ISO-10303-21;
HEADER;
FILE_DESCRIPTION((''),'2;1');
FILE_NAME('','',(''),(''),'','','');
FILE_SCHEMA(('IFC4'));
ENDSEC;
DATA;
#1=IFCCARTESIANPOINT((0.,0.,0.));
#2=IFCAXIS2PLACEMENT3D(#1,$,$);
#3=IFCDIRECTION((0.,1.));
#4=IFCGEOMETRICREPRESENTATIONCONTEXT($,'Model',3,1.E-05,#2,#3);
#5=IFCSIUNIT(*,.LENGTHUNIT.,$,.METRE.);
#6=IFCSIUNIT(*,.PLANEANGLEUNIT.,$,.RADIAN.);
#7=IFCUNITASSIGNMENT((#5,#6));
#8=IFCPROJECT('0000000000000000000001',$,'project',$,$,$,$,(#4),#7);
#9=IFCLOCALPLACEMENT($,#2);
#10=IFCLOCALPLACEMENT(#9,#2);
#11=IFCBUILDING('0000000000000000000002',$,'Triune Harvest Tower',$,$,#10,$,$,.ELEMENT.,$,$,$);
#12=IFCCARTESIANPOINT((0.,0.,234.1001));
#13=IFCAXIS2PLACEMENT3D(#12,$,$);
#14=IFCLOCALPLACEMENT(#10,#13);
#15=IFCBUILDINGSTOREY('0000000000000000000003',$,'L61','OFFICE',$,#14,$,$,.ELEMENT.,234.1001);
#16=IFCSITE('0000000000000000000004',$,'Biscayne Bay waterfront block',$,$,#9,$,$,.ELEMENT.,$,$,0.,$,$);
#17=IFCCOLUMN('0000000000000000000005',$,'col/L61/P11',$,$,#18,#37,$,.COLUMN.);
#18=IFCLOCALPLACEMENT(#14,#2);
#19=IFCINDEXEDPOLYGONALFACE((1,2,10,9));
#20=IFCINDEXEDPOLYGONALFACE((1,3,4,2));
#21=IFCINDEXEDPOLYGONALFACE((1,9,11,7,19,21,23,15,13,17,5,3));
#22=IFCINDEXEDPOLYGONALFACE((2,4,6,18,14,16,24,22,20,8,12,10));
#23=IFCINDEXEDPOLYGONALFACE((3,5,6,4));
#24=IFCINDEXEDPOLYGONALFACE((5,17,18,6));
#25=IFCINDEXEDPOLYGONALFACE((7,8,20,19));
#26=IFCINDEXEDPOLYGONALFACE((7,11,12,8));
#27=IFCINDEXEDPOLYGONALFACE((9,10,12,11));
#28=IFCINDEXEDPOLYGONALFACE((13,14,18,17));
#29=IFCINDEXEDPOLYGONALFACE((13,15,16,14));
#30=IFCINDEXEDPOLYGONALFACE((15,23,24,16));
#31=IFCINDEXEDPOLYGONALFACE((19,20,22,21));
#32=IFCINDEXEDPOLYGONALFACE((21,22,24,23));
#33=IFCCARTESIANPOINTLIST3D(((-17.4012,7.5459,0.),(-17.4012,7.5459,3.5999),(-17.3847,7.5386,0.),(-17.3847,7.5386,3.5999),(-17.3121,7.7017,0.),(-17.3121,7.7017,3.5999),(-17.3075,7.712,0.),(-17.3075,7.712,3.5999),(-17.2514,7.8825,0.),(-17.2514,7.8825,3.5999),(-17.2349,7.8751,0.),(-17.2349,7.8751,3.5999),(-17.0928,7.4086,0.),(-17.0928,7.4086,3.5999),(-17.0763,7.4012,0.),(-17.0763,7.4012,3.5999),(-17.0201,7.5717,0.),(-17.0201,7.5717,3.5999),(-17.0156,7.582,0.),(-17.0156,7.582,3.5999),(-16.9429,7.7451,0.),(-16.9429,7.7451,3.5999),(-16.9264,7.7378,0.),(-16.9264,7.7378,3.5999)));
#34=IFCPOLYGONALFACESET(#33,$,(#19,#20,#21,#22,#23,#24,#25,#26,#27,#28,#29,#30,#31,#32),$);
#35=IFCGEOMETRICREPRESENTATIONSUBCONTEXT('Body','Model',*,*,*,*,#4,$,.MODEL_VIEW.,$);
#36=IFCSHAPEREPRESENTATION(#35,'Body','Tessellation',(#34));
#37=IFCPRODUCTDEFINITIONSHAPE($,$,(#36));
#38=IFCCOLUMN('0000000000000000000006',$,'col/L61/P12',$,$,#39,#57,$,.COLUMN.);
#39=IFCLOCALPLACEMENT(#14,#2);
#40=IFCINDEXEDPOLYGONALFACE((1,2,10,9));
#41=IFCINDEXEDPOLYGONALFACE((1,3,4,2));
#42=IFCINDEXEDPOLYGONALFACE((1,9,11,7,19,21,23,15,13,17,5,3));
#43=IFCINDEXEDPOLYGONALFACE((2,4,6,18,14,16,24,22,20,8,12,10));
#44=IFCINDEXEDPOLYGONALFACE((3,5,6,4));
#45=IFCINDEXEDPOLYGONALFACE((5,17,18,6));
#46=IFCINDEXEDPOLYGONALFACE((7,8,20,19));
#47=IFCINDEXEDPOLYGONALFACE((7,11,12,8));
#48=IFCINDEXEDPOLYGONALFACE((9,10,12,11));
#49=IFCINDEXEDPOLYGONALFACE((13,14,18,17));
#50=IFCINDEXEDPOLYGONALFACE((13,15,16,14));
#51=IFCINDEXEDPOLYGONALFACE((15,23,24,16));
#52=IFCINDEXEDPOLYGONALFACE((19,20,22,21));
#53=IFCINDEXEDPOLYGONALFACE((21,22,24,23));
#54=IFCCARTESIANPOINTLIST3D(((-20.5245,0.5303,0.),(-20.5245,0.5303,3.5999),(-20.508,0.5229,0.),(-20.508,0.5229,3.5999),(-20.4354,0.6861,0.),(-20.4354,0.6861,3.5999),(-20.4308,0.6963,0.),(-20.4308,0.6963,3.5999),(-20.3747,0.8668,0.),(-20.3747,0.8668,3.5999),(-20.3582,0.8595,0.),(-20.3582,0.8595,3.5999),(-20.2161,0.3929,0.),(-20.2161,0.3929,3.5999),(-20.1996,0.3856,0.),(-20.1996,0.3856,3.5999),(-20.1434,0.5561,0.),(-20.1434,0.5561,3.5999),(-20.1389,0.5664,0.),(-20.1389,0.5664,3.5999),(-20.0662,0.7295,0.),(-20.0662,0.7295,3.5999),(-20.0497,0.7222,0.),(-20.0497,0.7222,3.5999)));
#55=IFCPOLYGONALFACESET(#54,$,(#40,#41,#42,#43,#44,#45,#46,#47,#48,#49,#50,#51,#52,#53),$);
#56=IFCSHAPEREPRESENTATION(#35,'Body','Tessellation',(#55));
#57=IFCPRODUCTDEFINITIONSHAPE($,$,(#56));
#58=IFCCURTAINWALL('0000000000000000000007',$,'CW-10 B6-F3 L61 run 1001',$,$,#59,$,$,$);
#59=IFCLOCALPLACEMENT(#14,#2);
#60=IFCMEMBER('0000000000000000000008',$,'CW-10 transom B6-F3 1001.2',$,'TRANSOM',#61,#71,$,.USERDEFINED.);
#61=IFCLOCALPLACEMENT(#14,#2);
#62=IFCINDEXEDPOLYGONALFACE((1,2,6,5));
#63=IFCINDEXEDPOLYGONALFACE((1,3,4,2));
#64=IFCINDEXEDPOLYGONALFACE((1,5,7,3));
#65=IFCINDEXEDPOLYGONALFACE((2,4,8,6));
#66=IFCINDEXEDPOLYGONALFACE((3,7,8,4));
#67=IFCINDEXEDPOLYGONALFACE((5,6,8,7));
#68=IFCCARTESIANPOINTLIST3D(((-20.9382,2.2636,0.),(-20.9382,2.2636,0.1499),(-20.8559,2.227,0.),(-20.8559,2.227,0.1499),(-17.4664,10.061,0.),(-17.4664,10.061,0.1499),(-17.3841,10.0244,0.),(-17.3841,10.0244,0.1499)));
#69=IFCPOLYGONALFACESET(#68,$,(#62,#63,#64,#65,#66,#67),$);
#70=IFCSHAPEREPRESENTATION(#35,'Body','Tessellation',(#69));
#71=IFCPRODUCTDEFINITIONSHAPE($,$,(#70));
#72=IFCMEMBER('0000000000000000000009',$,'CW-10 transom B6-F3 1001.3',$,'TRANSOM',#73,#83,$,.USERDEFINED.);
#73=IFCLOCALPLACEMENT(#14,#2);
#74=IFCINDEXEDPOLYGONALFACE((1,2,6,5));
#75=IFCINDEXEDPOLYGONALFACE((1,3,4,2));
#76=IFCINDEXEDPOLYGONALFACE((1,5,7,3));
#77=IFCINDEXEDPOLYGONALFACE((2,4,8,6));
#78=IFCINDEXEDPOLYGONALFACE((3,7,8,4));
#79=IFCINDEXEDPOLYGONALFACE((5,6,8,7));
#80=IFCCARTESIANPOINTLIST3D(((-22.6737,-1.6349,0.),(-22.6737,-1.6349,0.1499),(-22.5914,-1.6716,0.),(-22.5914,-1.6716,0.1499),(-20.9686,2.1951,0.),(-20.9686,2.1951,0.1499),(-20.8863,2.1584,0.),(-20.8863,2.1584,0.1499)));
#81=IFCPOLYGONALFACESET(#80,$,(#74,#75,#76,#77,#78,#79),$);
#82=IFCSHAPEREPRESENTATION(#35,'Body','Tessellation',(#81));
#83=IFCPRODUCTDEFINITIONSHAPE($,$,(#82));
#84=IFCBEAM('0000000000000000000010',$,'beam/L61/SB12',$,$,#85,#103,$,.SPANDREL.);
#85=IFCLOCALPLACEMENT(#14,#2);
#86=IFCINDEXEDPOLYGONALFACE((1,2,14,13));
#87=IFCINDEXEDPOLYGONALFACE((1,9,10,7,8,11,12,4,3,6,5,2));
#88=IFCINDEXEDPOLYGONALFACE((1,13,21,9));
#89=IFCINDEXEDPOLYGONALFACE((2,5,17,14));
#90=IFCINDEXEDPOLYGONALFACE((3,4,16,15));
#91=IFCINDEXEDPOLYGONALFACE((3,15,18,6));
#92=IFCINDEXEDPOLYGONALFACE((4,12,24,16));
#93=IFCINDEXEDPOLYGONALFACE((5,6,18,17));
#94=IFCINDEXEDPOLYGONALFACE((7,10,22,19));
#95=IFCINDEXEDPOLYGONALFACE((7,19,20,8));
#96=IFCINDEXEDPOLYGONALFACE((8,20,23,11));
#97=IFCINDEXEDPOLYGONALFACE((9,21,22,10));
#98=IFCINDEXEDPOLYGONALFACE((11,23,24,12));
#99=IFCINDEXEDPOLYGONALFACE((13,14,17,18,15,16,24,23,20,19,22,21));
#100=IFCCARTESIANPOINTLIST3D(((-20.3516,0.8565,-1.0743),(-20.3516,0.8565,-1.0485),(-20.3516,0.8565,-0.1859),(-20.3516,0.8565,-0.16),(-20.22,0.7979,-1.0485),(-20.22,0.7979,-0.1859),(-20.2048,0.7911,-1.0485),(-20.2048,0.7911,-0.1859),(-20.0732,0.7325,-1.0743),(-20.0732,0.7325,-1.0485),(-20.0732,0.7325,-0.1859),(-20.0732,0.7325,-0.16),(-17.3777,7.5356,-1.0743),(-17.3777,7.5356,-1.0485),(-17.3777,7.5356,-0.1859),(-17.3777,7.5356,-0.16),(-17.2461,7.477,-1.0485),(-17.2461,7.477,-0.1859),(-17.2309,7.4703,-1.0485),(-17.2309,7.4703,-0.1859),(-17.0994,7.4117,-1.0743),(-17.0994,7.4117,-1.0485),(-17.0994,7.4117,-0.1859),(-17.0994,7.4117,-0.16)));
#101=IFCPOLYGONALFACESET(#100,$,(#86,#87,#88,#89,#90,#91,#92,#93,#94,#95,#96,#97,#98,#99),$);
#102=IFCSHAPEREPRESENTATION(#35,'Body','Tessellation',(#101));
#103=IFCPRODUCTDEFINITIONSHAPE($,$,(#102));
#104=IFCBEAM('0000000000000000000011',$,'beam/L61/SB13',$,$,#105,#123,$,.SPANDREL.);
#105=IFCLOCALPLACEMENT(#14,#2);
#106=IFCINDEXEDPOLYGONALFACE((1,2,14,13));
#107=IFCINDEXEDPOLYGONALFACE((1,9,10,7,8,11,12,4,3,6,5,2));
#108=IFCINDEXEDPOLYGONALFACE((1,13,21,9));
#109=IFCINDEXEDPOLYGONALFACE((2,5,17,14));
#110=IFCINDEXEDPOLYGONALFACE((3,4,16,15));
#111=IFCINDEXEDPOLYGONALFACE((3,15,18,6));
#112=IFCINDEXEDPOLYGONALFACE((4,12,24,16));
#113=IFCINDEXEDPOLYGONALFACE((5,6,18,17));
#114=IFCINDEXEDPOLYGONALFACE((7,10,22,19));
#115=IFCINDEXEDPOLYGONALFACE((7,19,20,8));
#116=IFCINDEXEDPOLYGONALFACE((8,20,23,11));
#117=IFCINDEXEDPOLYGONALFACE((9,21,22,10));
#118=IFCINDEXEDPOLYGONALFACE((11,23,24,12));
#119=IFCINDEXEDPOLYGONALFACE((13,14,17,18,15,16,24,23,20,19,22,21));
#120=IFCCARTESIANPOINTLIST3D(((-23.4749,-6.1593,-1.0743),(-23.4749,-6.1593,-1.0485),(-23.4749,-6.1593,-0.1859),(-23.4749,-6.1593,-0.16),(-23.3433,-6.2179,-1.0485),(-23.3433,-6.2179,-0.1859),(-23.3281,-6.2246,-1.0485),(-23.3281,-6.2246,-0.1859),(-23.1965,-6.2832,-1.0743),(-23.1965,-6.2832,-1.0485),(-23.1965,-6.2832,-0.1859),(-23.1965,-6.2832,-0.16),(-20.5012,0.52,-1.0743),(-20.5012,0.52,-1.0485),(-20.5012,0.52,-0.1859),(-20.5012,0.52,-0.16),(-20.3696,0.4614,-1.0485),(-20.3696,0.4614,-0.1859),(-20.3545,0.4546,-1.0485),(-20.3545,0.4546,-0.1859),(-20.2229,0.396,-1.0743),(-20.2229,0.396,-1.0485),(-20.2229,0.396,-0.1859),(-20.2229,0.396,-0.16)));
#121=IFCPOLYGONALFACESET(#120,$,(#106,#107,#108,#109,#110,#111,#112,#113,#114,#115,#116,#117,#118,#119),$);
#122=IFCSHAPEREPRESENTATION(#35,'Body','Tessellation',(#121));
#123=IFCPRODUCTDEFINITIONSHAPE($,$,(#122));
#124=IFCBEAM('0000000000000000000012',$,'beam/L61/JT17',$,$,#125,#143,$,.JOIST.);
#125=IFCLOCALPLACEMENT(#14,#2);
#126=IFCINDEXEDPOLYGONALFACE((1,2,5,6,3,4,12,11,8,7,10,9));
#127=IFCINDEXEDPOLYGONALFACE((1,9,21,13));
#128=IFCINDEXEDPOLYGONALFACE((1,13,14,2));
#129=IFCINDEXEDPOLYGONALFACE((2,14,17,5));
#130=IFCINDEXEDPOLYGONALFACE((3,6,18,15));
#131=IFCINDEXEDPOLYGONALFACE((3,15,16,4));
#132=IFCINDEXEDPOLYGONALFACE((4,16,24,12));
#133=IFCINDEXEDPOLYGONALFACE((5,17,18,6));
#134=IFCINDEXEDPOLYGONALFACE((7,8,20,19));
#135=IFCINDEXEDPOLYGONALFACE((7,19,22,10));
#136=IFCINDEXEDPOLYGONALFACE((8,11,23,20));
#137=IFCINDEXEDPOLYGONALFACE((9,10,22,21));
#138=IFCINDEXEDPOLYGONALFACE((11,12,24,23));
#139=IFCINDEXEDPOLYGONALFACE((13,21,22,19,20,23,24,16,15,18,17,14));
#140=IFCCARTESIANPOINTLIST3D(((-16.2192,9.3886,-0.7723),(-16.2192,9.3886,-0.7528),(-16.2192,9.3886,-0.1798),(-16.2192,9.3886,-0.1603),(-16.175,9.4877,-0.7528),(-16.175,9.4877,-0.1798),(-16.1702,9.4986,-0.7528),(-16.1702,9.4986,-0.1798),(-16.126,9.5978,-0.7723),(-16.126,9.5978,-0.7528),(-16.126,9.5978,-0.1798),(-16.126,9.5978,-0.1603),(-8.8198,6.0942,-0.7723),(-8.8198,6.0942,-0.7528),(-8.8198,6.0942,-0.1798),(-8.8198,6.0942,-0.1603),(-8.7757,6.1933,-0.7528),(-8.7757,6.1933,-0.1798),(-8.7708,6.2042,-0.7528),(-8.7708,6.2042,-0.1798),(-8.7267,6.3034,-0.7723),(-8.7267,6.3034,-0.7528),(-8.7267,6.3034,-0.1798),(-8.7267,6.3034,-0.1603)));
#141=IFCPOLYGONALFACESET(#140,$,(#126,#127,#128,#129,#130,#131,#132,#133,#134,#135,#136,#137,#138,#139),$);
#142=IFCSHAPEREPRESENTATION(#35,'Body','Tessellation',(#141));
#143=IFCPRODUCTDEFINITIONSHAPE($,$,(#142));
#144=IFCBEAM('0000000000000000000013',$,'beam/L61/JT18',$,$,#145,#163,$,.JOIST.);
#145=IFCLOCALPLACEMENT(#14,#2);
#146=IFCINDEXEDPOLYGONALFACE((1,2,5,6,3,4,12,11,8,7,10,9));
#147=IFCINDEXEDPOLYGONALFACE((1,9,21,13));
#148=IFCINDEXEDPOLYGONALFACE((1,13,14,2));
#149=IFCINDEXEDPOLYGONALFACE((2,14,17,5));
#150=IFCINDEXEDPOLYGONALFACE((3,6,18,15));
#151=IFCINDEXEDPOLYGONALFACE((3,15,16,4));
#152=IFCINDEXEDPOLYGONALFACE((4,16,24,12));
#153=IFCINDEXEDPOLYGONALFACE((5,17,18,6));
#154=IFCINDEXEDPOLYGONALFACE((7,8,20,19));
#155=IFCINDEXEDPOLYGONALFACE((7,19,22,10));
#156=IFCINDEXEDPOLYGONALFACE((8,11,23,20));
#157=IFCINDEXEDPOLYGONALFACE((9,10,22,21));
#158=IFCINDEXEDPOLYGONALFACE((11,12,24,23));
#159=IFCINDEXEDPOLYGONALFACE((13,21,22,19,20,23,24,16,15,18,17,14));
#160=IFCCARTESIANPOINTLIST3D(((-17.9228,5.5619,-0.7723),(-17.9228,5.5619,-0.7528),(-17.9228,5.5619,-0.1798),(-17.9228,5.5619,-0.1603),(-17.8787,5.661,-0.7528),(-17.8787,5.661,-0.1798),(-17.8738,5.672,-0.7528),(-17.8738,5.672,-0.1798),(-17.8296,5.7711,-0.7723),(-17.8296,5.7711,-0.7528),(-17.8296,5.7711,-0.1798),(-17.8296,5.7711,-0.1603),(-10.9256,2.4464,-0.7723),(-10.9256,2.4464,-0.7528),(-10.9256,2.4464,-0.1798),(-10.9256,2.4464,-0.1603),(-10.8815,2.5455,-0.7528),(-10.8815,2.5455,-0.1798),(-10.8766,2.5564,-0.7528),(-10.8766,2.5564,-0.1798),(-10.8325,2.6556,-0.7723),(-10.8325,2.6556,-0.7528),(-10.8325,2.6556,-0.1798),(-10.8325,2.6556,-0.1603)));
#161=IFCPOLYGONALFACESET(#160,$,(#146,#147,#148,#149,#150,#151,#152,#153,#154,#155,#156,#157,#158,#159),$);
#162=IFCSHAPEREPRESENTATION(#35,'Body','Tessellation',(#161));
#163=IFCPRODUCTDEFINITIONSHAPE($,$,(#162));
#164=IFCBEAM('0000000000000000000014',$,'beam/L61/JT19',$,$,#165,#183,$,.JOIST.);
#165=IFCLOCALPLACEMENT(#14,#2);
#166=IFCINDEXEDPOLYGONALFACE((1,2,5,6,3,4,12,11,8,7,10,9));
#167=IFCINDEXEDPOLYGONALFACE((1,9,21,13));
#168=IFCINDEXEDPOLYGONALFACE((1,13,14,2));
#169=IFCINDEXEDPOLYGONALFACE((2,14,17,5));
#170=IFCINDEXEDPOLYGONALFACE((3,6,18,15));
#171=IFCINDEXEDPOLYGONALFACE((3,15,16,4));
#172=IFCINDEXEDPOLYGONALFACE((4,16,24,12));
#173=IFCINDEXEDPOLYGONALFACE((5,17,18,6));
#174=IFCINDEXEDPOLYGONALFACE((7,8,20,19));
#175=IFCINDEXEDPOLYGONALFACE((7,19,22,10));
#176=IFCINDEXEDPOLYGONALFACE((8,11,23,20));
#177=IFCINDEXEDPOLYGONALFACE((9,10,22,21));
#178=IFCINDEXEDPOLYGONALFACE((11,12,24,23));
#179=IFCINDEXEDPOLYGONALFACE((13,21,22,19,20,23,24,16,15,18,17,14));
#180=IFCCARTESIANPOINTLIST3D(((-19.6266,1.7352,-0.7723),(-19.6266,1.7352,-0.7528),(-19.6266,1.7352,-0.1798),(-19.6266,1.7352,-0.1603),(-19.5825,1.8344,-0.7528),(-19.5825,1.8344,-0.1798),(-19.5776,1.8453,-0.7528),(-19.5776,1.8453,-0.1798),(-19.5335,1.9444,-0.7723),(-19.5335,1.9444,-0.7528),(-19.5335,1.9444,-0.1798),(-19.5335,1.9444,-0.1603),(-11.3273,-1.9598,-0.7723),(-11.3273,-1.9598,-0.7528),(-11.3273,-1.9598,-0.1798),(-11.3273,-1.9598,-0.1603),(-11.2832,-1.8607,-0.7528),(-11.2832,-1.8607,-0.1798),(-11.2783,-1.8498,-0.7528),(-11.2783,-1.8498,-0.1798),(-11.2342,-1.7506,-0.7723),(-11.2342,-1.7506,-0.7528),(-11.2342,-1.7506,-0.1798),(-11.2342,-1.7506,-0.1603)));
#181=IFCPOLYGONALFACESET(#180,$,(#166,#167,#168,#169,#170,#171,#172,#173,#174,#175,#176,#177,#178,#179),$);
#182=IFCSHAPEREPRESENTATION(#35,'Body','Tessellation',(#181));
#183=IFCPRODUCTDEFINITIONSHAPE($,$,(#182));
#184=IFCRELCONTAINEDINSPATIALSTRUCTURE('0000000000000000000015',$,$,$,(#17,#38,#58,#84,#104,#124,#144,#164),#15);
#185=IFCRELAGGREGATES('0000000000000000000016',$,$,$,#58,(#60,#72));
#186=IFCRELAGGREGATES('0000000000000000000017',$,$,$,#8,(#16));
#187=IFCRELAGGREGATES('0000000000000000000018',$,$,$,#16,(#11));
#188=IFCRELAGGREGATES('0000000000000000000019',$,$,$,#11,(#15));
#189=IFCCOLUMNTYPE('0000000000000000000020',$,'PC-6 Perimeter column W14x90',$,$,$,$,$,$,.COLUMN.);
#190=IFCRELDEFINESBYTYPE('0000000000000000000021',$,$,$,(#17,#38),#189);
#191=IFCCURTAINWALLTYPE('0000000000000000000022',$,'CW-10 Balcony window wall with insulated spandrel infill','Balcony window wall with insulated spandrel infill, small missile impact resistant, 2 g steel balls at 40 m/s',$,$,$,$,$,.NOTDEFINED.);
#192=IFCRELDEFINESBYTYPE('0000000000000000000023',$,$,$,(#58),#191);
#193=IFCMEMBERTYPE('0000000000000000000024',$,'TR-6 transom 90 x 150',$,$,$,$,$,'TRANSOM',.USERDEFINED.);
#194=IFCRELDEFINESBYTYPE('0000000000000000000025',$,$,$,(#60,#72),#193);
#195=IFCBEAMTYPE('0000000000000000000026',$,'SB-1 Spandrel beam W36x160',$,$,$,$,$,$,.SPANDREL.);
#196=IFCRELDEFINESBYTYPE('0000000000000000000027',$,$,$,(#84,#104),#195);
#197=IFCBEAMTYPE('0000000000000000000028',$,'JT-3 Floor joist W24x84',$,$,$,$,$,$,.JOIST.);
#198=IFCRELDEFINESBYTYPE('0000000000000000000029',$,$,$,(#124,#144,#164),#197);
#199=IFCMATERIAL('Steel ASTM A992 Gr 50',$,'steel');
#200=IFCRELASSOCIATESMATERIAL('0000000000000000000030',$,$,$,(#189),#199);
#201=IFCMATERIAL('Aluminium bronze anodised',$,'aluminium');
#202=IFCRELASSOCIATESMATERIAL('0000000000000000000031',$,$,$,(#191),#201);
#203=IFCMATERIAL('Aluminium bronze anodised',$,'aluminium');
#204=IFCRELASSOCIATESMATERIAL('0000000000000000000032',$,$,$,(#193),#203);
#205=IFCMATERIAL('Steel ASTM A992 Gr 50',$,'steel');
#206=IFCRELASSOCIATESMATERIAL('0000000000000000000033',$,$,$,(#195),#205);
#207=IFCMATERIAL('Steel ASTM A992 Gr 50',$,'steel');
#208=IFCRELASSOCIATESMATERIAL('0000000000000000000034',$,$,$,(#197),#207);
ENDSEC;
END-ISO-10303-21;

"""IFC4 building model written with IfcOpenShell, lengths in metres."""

from ifc_helpers import new_model, si_unit, direction, frame, origin, origin_2d, place, context, subcontext, project, spatial, rectangle, i_section, extrude, source, transform, mapped, material, material_profile, profile_set, type_object, element, aggregate, save


model = new_model("IFC4")

# Units and contexts
model_context = context("Model", 3, precision=1e-05, world=origin(), true_north=direction((0.0, 1.0)))
body_context = subcontext(model_context, "Body", "Model", "MODEL_VIEW")
ifc_project = project(units=[si_unit("LENGTHUNIT", "METRE"), si_unit("PLANEANGLEUNIT", "RADIAN")], contexts=[model_context])

# Site, building, storey
site_placement = place(None, origin())
site = spatial("IfcSite", under=ifc_project, at=site_placement, Name="Biscayne Bay waterfront block", CompositionType="ELEMENT", RefElevation=0.0)
building_placement = place(site_placement, origin())
building = spatial("IfcBuilding", under=site, at=building_placement, Name="Triune Harvest Tower", CompositionType="ELEMENT")
storey_placement = place(building_placement, frame((0.0, 0.0, 234.1001)))
storey = spatial("IfcBuildingStorey", under=building, at=storey_placement, Name="L61", Description="OFFICE", CompositionType="ELEMENT", Elevation=234.1001)

# Columns
ifc_material_1 = material(Name="Steel ASTM A992 Gr 50", Category="steel")
ifc_material_profile_1 = material_profile(ifc_material_1, i_section(OverallWidth=0.3684, OverallDepth=0.3557, WebThickness=0.0112, FlangeThickness=0.0181, at=origin_2d()), Name="W14x90")
ifc_profile_set_1 = profile_set([ifc_material_profile_1], Name="Steel ASTM A992 Gr 50")
column_type = type_object("IfcColumnType", Name="PC-6 Perimeter column W14x90", PredefinedType="COLUMN", material=ifc_profile_set_1)
shared_shape_1 = source(origin(), body_context, "Body", "SweptSolid", [
    extrude(i_section(OverallWidth=0.3684, OverallDepth=0.3557, WebThickness=0.0112, FlangeThickness=0.0181, at=origin_2d()), origin(), (0.0, 0.0, 1.0), 3.5999),
])
for number, where, z_axis, x_axis, name in (
    (1, (-17.1638, 7.6418, 0.0), (0.0, 0.0, 1.0), (-0.406738, -0.913545, 0.0), "col/L61/P11"),
    (2, (-20.2871, 0.6262, 0.0), (0.0, 0.0, 1.0), (-0.406738, -0.913545, 0.0), "col/L61/P12"),
):
    element("IfcColumn", number, at=place(storey_placement, frame(where, z_axis=z_axis, x_axis=x_axis)), inside=storey, type_object=column_type, Name=name, PredefinedType="COLUMN", context=body_context, shape_type="MappedRepresentation", body=[
        mapped(shared_shape_1, transform((0.0, 0.0, 0.0), scale=1.0)),
    ])

# Curtain wall, members
ifc_material_2 = material(Name="Aluminium bronze anodised", Category="aluminium")
curtain_wall_type = type_object("IfcCurtainWallType", Name="CW-10 Balcony window wall with insulated spandrel infill", Description="Balcony window wall with insulated spandrel infill, small missile impact resistant, 2 g steel balls at 40 m/s", PredefinedType="NOTDEFINED", material=ifc_material_2)
curtain_wall_placement = place(storey_placement, origin())
curtain_wall = element("IfcCurtainWall", 3, at=curtain_wall_placement, inside=storey, type_object=curtain_wall_type, Name="CW-10 B6-F3 L61 run 1001")
ifc_material_3 = material(Name="Aluminium bronze anodised", Category="aluminium")
ifc_material_profile_2 = material_profile(ifc_material_3, rectangle(XDim=0.0901, YDim=0.1499, at=origin_2d()), Name="TR-6 transom 90 x 150")
ifc_profile_set_2 = profile_set([ifc_material_profile_2], Name="Aluminium bronze anodised")
member_type_1 = type_object("IfcMemberType", Name="TR-6 transom 90 x 150", ElementType="TRANSOM", PredefinedType="USERDEFINED", material=ifc_profile_set_2)
member_1_placement = place(storey_placement, frame((-17.4253, 10.0427, 0.075), z_axis=(-0.406743, -0.913542, 0.0), x_axis=(0.913542, -0.406743, 0.0)))
member_1 = element("IfcMember", 4, at=member_1_placement, type_object=member_type_1, Name="CW-10 transom B6-F3 1001.2", ObjectType="TRANSOM", PredefinedType="USERDEFINED", context=body_context, shape_type="SweptSolid", body=[
    extrude(rectangle(XDim=0.0901, YDim=0.1499, at=origin_2d()), origin(), (0.0, 0.0, 1.0), 8.5354),
])
member_2_placement = place(storey_placement, frame((-20.9275, 2.1768, 0.075), z_axis=(-0.4067, -0.913562, 0.0), x_axis=(0.913562, -0.4067, 0.0)))
member_2 = element("IfcMember", 5, at=member_2_placement, type_object=member_type_1, Name="CW-10 transom B6-F3 1001.3", ObjectType="TRANSOM", PredefinedType="USERDEFINED", context=body_context, shape_type="SweptSolid", body=[
    extrude(rectangle(XDim=0.0901, YDim=0.1499, at=origin_2d()), origin(), (0.0, 0.0, 1.0), 4.1924),
])

# Beams
ifc_material_4 = material(Name="Steel ASTM A992 Gr 50", Category="steel")
ifc_material_profile_3 = material_profile(ifc_material_4, i_section(OverallWidth=0.3047, OverallDepth=0.9143, WebThickness=0.0166, FlangeThickness=0.0259, at=origin_2d()), Name="W36x160")
ifc_profile_set_3 = profile_set([ifc_material_profile_3], Name="Steel ASTM A992 Gr 50")
beam_type_1 = type_object("IfcBeamType", Name="SB-1 Spandrel beam W36x160", PredefinedType="SPANDREL", material=ifc_profile_set_3)
shared_shape_2 = source(origin(), body_context, "Body", "SweptSolid", [
    extrude(i_section(OverallWidth=0.3047, OverallDepth=0.9143, WebThickness=0.0166, FlangeThickness=0.0259, at=origin_2d()), origin(), (0.0, 0.0, 1.0), 7.3113),
])
for number, where, z_axis, x_axis, name in (
    (6, (-17.2385, 7.4736, -0.6172), (-0.406749, -0.91354, 0.0), (0.91354, -0.406749, 0.0), "beam/L61/SB12"),
    (7, (-20.3621, 0.458, -0.6172), (-0.406721, -0.913552, 0.0), (0.913552, -0.406721, 0.0), "beam/L61/SB13"),
):
    element("IfcBeam", number, at=place(storey_placement, frame(where, z_axis=z_axis, x_axis=x_axis)), inside=storey, type_object=beam_type_1, Name=name, PredefinedType="SPANDREL", context=body_context, shape_type="MappedRepresentation", body=[
        mapped(shared_shape_2, transform((0.0, 0.0, 0.0), scale=1.0)),
    ])
ifc_material_5 = material(Name="Steel ASTM A992 Gr 50", Category="steel")
ifc_material_profile_4 = material_profile(ifc_material_5, i_section(OverallWidth=0.229, OverallDepth=0.6121, WebThickness=0.012, FlangeThickness=0.0195, at=origin_2d()), Name="W24x84")
ifc_profile_set_4 = profile_set([ifc_material_profile_4], Name="Steel ASTM A992 Gr 50")
beam_type_2 = type_object("IfcBeamType", Name="JT-3 Floor joist W24x84", PredefinedType="JOIST", material=ifc_profile_set_4)
shared_shape_3 = source(origin(), body_context, "Body", "SweptSolid", [
    extrude(i_section(OverallWidth=0.229, OverallDepth=0.6121, WebThickness=0.012, FlangeThickness=0.0195, at=origin_2d()), origin(), (0.0, 0.0, 1.0), 8.0996),
])
beam_1_placement = place(storey_placement, frame((-16.1726, 9.4932, -0.4663), z_axis=(0.913545, -0.406737, 0.0), x_axis=(0.406737, 0.913545, 0.0)))
element("IfcBeam", 8, at=beam_1_placement, inside=storey, type_object=beam_type_2, Name="beam/L61/JT17", PredefinedType="JOIST", context=body_context, shape_type="MappedRepresentation", body=[
    mapped(shared_shape_3, transform((0.0, 0.0, 0.0), scale=1.0)),
])
shared_shape_4 = source(origin(), body_context, "Body", "SweptSolid", [
    extrude(i_section(OverallWidth=0.229, OverallDepth=0.6121, WebThickness=0.012, FlangeThickness=0.0195, at=origin_2d()), origin(), (0.0, 0.0, 1.0), 7.6594),
])
beam_2_placement = place(storey_placement, frame((-17.8762, 5.6665, -0.4663), z_axis=(0.913537, -0.406756, 0.0), x_axis=(0.406756, 0.913537, 0.0)))
element("IfcBeam", 9, at=beam_2_placement, inside=storey, type_object=beam_type_2, Name="beam/L61/JT18", PredefinedType="JOIST", context=body_context, shape_type="MappedRepresentation", body=[
    mapped(shared_shape_4, transform((0.0, 0.0, 0.0), scale=1.0)),
])
shared_shape_5 = source(origin(), body_context, "Body", "SweptSolid", [
    extrude(i_section(OverallWidth=0.229, OverallDepth=0.6121, WebThickness=0.012, FlangeThickness=0.0195, at=origin_2d()), origin(), (0.0, 0.0, 1.0), 9.0847),
])
beam_3_placement = place(storey_placement, frame((-19.5801, 1.8398, -0.4663), z_axis=(0.913546, -0.406734, 0.0), x_axis=(0.406734, 0.913546, 0.0)))
element("IfcBeam", 10, at=beam_3_placement, inside=storey, type_object=beam_type_2, Name="beam/L61/JT19", PredefinedType="JOIST", context=body_context, shape_type="MappedRepresentation", body=[
    mapped(shared_shape_5, transform((0.0, 0.0, 0.0), scale=1.0)),
])

aggregate(curtain_wall, [member_1, member_2])

save(model, "model.ifc")
